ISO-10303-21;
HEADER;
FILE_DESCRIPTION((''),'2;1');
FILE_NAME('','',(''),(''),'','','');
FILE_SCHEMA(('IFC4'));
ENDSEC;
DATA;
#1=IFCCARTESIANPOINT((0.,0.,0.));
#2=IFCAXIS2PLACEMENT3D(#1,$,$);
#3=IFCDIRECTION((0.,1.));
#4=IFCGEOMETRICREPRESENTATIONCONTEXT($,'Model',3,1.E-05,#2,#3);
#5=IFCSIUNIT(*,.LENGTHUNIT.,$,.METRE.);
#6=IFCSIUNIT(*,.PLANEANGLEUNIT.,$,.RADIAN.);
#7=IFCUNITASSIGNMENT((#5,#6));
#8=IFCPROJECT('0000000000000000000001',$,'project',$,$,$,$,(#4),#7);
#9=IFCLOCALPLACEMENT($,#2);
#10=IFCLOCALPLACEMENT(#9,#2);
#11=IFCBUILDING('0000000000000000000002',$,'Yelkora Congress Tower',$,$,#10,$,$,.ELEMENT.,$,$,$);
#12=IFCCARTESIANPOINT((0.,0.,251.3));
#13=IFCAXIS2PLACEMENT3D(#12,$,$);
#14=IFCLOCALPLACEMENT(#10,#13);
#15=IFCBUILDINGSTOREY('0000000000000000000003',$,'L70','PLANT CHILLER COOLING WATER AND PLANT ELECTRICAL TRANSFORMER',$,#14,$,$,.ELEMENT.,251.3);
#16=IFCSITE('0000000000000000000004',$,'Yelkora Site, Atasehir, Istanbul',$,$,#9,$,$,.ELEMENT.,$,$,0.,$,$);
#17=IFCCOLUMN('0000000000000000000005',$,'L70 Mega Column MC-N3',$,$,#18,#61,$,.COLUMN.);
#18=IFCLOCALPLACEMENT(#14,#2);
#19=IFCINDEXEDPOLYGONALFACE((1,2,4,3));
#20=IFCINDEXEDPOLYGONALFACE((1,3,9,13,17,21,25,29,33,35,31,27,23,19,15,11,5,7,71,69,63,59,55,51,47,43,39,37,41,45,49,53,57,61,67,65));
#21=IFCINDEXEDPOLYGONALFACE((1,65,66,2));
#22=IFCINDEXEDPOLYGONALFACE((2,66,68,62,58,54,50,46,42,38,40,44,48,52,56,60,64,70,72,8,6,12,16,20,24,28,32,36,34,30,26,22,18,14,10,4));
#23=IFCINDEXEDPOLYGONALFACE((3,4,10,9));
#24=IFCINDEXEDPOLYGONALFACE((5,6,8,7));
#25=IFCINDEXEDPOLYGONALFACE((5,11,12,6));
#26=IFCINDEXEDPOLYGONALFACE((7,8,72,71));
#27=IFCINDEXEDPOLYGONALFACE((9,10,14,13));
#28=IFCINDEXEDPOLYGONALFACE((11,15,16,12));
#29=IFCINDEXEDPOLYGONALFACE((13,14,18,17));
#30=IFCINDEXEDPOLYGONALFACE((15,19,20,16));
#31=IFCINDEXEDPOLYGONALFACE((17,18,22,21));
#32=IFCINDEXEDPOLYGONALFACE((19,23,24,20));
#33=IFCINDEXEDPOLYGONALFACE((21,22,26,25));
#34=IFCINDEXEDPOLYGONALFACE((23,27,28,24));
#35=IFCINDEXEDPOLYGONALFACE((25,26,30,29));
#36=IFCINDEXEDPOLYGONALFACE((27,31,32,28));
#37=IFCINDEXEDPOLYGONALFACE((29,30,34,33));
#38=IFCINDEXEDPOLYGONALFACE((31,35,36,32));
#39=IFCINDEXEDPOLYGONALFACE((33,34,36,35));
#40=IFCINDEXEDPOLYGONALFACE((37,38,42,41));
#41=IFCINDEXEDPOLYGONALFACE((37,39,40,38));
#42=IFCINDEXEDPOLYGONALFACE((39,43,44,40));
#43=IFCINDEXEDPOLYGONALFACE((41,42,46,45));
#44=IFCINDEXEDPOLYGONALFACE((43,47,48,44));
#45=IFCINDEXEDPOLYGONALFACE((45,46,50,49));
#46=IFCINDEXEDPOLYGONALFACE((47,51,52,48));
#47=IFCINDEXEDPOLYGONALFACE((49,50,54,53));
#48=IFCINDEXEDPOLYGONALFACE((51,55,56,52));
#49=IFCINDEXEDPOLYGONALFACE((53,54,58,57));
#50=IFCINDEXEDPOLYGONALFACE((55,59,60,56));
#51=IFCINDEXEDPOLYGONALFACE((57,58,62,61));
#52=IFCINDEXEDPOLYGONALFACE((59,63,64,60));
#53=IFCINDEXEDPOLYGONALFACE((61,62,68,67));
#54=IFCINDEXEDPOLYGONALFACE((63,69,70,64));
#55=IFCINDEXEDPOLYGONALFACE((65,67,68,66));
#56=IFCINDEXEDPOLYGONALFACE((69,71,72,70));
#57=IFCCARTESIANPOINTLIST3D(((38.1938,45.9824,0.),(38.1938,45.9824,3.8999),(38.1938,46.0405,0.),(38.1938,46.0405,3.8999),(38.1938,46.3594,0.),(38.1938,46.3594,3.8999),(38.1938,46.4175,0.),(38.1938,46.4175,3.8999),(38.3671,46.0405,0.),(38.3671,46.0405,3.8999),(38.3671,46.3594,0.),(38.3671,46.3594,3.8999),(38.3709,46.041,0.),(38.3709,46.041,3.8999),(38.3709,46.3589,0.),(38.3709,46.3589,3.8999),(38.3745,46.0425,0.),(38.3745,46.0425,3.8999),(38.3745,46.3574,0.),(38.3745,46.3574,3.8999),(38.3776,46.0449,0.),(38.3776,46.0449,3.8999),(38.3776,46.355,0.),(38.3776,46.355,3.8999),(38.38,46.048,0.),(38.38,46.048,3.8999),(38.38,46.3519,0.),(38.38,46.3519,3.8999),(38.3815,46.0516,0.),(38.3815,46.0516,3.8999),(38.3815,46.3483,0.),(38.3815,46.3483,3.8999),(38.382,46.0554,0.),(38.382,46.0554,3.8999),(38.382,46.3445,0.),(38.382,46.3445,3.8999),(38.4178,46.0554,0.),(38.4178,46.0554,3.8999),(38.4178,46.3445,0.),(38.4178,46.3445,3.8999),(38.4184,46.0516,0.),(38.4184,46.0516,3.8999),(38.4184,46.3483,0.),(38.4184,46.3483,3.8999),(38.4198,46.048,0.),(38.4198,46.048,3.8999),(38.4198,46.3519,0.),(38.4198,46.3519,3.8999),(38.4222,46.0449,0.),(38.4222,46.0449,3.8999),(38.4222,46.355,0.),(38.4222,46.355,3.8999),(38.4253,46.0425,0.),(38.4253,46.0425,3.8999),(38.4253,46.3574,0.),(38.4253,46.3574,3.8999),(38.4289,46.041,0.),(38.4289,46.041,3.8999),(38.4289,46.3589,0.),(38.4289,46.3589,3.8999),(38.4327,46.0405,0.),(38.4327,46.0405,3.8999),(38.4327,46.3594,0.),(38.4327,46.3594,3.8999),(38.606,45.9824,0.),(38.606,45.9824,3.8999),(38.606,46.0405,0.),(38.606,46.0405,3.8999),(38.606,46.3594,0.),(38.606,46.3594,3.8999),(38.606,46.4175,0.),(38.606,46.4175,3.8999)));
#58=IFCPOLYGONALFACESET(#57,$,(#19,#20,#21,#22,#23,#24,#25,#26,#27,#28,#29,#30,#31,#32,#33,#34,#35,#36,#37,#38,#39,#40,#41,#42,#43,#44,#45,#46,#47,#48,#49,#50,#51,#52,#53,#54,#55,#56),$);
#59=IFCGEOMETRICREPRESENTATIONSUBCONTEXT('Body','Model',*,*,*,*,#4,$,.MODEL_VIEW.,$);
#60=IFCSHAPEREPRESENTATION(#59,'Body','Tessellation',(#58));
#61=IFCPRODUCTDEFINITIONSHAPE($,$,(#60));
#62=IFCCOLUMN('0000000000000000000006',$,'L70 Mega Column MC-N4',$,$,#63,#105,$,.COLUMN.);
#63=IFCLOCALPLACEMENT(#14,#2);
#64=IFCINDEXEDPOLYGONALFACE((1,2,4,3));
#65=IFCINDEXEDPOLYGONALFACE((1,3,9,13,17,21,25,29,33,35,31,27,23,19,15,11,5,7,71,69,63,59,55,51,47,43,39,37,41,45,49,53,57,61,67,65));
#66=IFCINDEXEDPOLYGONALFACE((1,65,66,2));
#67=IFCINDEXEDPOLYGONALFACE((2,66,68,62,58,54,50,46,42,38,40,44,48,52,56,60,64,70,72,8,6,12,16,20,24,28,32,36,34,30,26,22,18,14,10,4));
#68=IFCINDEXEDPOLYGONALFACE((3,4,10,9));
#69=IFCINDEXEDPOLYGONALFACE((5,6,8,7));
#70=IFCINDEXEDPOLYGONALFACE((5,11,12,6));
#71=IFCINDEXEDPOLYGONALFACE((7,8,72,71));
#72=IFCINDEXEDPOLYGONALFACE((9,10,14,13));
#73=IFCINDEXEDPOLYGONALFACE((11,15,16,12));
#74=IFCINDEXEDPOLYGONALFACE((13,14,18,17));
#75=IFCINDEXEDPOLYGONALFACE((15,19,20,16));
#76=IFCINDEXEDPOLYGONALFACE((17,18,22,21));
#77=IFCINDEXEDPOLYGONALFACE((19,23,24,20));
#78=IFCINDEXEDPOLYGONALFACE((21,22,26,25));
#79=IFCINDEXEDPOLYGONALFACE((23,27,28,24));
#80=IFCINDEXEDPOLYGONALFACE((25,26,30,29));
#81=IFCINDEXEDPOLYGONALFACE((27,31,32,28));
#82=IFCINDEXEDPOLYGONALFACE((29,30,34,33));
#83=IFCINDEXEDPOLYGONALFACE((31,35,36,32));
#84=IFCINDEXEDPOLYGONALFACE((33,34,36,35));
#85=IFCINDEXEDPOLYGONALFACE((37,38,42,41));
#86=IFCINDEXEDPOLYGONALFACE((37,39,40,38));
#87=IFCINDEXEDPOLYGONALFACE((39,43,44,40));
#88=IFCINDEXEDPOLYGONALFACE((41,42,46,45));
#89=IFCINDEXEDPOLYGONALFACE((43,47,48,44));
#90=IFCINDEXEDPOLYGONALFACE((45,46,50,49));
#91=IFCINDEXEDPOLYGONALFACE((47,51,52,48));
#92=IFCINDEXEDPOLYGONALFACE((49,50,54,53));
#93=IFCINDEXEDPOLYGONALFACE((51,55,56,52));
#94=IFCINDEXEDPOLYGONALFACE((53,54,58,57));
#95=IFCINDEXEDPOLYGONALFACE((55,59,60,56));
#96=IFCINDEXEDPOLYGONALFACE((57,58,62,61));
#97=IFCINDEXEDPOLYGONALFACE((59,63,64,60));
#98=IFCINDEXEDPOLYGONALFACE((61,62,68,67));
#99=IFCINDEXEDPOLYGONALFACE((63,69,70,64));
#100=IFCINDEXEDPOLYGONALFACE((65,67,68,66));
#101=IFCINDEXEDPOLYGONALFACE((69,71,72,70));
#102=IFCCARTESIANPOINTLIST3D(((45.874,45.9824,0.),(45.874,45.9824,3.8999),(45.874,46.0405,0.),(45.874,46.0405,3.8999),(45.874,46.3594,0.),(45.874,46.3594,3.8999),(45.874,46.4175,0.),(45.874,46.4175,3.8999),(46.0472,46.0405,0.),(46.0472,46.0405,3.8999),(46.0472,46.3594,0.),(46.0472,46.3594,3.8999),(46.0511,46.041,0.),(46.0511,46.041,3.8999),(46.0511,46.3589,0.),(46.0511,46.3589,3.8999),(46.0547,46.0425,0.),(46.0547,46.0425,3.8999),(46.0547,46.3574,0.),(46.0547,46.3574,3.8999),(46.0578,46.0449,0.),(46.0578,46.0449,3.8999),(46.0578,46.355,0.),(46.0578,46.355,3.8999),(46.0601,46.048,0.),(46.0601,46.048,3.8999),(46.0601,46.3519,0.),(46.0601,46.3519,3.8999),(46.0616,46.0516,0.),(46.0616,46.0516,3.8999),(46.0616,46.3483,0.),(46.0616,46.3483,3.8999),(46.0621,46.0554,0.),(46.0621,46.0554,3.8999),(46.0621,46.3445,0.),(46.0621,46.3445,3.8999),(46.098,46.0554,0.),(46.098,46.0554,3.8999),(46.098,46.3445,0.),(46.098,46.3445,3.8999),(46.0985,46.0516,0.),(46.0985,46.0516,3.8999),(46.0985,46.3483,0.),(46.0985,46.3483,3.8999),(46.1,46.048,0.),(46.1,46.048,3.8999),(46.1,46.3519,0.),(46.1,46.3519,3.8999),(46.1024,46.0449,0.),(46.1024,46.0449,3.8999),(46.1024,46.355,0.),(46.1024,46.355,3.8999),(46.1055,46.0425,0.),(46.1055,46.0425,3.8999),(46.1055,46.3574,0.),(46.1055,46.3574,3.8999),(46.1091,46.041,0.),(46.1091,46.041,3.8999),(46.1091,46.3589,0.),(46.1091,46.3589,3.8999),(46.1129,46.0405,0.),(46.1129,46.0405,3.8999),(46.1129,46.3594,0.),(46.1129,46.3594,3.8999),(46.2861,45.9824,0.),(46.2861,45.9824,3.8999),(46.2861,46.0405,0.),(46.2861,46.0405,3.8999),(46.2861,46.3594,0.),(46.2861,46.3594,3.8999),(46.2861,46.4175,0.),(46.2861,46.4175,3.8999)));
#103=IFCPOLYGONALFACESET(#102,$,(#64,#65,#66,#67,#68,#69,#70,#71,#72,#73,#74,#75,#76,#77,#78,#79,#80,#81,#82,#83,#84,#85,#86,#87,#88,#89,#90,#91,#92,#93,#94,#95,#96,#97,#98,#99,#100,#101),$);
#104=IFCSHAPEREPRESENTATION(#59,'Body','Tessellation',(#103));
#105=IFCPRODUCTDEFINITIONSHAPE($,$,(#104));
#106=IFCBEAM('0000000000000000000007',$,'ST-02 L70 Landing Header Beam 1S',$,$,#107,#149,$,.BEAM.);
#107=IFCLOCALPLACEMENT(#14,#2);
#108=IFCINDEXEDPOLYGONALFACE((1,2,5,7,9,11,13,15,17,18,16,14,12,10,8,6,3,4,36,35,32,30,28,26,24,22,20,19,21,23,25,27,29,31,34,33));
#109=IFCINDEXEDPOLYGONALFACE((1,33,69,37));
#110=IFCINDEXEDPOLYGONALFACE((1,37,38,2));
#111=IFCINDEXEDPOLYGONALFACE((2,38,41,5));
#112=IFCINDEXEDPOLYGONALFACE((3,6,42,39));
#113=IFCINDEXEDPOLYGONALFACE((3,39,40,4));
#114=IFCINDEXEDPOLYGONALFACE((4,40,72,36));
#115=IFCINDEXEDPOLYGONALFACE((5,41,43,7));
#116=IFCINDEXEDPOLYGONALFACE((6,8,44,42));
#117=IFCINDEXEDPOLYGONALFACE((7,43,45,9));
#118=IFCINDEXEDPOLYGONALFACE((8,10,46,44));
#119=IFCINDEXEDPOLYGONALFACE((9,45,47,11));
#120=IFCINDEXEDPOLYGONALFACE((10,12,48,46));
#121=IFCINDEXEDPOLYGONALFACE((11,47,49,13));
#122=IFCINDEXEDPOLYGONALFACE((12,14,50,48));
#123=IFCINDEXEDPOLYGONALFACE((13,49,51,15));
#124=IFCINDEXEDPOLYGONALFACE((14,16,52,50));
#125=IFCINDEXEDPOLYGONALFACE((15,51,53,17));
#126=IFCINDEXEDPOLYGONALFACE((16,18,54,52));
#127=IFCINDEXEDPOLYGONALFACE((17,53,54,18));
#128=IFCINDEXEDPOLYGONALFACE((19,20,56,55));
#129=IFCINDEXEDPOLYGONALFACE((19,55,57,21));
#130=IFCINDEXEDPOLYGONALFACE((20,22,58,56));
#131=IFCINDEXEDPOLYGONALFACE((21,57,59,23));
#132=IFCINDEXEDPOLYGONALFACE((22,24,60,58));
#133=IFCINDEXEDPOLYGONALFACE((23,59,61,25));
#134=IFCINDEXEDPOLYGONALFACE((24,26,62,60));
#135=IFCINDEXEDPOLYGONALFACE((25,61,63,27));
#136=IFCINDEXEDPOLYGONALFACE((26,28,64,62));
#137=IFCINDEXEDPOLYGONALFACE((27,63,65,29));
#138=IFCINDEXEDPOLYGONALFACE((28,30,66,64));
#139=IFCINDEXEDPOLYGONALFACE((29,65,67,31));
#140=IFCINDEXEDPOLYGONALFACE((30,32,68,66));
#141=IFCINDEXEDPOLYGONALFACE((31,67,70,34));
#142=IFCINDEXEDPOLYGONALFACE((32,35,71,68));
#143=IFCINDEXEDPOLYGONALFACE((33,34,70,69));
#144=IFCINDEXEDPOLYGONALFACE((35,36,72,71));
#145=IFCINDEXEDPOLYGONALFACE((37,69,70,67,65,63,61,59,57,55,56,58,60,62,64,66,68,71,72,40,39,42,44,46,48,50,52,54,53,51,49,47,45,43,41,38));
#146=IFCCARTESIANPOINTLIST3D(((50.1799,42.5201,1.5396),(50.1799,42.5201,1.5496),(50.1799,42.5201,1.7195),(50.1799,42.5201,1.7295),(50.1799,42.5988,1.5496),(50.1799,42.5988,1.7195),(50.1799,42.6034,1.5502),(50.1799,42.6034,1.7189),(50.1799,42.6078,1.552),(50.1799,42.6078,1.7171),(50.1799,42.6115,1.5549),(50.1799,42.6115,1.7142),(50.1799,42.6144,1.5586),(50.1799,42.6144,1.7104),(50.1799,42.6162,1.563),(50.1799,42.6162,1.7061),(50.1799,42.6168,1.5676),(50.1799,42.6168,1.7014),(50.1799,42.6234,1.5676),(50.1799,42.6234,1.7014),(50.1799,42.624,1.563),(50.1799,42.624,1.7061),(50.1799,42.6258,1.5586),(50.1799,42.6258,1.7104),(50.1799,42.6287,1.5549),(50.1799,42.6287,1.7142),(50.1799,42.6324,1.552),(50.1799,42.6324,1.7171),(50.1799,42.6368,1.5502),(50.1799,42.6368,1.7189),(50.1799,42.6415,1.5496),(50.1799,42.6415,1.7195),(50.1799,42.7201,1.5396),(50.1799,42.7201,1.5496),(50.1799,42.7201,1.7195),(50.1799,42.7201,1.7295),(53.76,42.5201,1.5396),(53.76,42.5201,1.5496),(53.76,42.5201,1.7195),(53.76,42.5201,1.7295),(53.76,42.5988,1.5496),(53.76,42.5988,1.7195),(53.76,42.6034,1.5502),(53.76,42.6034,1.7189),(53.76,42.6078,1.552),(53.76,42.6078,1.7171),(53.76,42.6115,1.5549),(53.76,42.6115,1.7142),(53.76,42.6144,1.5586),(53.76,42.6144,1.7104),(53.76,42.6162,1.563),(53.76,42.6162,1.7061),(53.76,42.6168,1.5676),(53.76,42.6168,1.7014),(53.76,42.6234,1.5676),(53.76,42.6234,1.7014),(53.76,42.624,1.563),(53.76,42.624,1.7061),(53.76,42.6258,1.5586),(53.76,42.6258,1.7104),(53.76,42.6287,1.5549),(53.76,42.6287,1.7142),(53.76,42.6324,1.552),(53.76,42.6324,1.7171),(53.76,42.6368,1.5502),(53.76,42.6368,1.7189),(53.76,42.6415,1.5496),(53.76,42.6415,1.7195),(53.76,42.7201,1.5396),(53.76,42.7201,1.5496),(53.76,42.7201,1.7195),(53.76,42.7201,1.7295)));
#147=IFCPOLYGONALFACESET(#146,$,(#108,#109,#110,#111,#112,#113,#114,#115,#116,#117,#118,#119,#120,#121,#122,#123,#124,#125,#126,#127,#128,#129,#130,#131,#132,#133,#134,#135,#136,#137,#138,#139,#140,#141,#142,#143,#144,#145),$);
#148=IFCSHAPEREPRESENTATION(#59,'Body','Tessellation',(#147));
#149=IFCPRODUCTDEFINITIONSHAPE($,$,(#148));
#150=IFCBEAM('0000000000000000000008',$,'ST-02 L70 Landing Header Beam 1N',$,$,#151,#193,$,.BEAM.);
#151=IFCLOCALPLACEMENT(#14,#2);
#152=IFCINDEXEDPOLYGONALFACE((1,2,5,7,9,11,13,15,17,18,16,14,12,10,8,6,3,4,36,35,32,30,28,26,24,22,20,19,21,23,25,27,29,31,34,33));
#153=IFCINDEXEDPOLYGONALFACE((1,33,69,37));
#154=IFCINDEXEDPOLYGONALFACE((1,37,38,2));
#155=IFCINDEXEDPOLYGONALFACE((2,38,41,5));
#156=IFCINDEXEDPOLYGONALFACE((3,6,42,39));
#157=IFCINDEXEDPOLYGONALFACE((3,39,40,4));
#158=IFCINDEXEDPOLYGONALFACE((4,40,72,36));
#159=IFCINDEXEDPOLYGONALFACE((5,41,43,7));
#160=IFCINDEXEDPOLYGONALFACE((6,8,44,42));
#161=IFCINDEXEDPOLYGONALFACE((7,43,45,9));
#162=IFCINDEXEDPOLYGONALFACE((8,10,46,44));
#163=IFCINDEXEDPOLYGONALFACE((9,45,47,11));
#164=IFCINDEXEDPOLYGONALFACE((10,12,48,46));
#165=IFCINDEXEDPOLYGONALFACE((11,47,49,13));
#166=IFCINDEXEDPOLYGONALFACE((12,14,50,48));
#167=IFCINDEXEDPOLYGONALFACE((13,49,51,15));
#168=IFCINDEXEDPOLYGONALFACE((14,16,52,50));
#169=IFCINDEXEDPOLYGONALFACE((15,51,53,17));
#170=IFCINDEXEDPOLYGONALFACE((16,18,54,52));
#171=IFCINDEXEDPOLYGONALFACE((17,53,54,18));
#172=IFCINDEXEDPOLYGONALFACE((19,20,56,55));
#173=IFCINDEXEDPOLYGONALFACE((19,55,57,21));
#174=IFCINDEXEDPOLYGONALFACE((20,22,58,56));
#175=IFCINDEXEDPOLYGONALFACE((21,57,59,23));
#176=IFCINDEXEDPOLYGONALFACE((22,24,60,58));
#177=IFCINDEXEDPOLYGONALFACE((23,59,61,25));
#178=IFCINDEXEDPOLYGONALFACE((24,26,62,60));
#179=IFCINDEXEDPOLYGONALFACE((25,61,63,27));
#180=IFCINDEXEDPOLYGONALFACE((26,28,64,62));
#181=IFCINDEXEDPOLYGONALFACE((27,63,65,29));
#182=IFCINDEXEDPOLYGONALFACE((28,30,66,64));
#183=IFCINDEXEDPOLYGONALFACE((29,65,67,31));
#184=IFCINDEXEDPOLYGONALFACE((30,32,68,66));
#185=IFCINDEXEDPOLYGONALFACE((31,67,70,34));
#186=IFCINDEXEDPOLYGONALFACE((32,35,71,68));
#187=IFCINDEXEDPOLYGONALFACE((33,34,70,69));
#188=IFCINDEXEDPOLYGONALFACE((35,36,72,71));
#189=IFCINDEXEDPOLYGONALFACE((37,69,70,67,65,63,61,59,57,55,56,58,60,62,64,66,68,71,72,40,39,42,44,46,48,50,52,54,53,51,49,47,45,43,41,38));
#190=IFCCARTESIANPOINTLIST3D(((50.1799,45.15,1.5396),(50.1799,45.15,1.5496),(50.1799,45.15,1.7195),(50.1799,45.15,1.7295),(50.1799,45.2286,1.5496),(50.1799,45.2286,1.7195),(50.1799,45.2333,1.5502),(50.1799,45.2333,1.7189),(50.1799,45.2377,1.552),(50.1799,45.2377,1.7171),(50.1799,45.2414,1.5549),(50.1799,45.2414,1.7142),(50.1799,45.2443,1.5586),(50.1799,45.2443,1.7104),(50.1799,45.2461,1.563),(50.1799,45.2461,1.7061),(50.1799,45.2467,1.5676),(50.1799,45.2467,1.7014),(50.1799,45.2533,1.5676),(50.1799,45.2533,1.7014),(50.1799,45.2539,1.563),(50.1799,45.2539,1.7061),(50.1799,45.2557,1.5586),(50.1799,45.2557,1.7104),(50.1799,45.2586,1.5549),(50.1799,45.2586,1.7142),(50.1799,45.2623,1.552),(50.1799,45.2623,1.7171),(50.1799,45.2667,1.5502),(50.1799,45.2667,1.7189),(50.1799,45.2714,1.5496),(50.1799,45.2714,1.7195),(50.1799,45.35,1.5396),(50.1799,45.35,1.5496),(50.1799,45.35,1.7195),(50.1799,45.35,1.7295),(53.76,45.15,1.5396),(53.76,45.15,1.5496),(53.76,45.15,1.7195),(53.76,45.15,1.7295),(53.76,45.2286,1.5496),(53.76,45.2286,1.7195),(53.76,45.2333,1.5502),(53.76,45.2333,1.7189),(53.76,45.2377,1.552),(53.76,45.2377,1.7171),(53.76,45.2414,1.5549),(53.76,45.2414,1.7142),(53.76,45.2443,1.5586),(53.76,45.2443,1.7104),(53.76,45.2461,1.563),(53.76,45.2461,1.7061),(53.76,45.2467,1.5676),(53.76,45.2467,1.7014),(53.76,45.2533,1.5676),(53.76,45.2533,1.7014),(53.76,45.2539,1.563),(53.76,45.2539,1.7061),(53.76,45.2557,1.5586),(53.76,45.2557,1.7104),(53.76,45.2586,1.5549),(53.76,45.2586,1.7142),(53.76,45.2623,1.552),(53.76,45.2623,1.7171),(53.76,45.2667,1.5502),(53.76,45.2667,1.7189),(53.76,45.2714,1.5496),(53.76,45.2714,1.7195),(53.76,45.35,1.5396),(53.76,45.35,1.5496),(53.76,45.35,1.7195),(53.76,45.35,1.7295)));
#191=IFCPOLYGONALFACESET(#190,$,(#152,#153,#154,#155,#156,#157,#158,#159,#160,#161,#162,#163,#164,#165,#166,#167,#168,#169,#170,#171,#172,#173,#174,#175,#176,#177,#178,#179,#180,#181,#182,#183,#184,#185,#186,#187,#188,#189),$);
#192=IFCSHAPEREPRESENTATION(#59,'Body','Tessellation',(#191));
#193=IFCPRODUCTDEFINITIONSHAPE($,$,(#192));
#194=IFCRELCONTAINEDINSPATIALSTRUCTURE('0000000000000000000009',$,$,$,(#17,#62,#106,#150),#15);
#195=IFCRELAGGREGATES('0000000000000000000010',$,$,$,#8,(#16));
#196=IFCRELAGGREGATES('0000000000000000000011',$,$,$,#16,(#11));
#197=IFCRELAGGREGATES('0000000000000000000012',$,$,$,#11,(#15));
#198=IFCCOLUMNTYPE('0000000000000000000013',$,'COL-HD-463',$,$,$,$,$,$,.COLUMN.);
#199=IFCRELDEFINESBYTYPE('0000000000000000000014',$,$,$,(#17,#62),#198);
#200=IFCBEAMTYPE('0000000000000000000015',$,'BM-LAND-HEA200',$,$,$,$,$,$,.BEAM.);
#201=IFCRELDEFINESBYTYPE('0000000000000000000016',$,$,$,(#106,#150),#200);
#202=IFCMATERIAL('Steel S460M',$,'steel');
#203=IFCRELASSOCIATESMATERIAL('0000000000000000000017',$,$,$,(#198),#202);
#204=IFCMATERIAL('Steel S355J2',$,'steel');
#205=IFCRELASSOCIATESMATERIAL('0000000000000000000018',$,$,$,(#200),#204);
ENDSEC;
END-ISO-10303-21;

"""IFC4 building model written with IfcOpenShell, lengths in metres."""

from ifc_helpers import new_model, si_unit, direction, frame, origin, origin_2d, place, context, subcontext, project, spatial, i_section, extrude, material, material_profile, profile_set, type_object, element, save


model = new_model("IFC4")

# Units and contexts
model_context = context("Model", 3, precision=1e-05, world=origin(), true_north=direction((0.0, 1.0)))
body_context = subcontext(model_context, "Body", "Model", "MODEL_VIEW")
ifc_project = project(units=[si_unit("LENGTHUNIT", "METRE"), si_unit("PLANEANGLEUNIT", "RADIAN")], contexts=[model_context])

# Site, building, storey
site_placement = place(None, origin())
site = spatial("IfcSite", under=ifc_project, at=site_placement, Name="Yelkora Site, Atasehir, Istanbul", CompositionType="ELEMENT", RefElevation=0.0)
building_placement = place(site_placement, origin())
building = spatial("IfcBuilding", under=site, at=building_placement, Name="Yelkora Congress Tower", CompositionType="ELEMENT")
storey_placement = place(building_placement, frame((0.0, 0.0, 251.3)))
storey = spatial("IfcBuildingStorey", under=building, at=storey_placement, Name="L70", Description="PLANT CHILLER COOLING WATER AND PLANT ELECTRICAL TRANSFORMER", CompositionType="ELEMENT", Elevation=251.3)

# Columns
ifc_material_1 = material(Name="Steel S460M", Category="steel")
ifc_material_profile_1 = material_profile(ifc_material_1, i_section(OverallWidth=0.4121, OverallDepth=0.4351, WebThickness=0.0359, FlangeThickness=0.0581, FilletRadius=0.0149, at=origin_2d()), Name="HD 400x463")
ifc_profile_set_1 = profile_set([ifc_material_profile_1], Name="Steel S460M")
column_type = type_object("IfcColumnType", Name="COL-HD-463", PredefinedType="COLUMN", material=ifc_profile_set_1)
for number, where, z_axis, x_axis, name in (
    (1, (38.3999, 46.2, 0.0), (0.0, 0.0, 1.0), (1.0, 0.0, 0.0), "L70 Mega Column MC-N3"),
    (2, (46.0801, 46.2, 0.0), (0.0, 0.0, 1.0), (1.0, 0.0, 0.0), "L70 Mega Column MC-N4"),
):
    element("IfcColumn", number, at=place(storey_placement, frame(where, z_axis=z_axis, x_axis=x_axis)), inside=storey, type_object=column_type, Name=name, PredefinedType="COLUMN", context=body_context, shape_type="SweptSolid", body=[
        extrude(i_section(OverallWidth=0.4121, OverallDepth=0.4351, WebThickness=0.0359, FlangeThickness=0.0581, FilletRadius=0.0149, at=origin_2d()), origin(), (0.0, 0.0, 1.0), 3.8999),
    ])

# Beams
ifc_material_2 = material(Name="Steel S355J2", Category="steel")
ifc_material_profile_2 = material_profile(ifc_material_2, i_section(OverallWidth=0.2, OverallDepth=0.1899, WebThickness=0.0066, FlangeThickness=0.01, FilletRadius=0.0181, at=origin_2d()), Name="HEA 200")
ifc_profile_set_2 = profile_set([ifc_material_profile_2], Name="Steel S355J2")
beam_type_1 = type_object("IfcBeamType", Name="BM-LAND-HEA200", PredefinedType="BEAM", material=ifc_profile_set_2)
for number, where, z_axis, x_axis, name in (
    (3, (50.1799, 42.6201, 1.6345), (1.0, 0.0, 0.0), (0.0, 1.0, 0.0), "ST-02 L70 Landing Header Beam 1S"),
    (4, (50.1799, 45.25, 1.6345), (1.0, 0.0, 0.0), (0.0, 1.0, 0.0), "ST-02 L70 Landing Header Beam 1N"),
):
    element("IfcBeam", number, at=place(storey_placement, frame(where, z_axis=z_axis, x_axis=x_axis)), inside=storey, type_object=beam_type_1, Name=name, PredefinedType="BEAM", context=body_context, shape_type="SweptSolid", body=[
        extrude(i_section(OverallWidth=0.2, OverallDepth=0.1899, WebThickness=0.0066, FlangeThickness=0.01, FilletRadius=0.0181, at=origin_2d()), origin(), (0.0, 0.0, 1.0), 3.5801),
    ])

save(model, "model.ifc")
